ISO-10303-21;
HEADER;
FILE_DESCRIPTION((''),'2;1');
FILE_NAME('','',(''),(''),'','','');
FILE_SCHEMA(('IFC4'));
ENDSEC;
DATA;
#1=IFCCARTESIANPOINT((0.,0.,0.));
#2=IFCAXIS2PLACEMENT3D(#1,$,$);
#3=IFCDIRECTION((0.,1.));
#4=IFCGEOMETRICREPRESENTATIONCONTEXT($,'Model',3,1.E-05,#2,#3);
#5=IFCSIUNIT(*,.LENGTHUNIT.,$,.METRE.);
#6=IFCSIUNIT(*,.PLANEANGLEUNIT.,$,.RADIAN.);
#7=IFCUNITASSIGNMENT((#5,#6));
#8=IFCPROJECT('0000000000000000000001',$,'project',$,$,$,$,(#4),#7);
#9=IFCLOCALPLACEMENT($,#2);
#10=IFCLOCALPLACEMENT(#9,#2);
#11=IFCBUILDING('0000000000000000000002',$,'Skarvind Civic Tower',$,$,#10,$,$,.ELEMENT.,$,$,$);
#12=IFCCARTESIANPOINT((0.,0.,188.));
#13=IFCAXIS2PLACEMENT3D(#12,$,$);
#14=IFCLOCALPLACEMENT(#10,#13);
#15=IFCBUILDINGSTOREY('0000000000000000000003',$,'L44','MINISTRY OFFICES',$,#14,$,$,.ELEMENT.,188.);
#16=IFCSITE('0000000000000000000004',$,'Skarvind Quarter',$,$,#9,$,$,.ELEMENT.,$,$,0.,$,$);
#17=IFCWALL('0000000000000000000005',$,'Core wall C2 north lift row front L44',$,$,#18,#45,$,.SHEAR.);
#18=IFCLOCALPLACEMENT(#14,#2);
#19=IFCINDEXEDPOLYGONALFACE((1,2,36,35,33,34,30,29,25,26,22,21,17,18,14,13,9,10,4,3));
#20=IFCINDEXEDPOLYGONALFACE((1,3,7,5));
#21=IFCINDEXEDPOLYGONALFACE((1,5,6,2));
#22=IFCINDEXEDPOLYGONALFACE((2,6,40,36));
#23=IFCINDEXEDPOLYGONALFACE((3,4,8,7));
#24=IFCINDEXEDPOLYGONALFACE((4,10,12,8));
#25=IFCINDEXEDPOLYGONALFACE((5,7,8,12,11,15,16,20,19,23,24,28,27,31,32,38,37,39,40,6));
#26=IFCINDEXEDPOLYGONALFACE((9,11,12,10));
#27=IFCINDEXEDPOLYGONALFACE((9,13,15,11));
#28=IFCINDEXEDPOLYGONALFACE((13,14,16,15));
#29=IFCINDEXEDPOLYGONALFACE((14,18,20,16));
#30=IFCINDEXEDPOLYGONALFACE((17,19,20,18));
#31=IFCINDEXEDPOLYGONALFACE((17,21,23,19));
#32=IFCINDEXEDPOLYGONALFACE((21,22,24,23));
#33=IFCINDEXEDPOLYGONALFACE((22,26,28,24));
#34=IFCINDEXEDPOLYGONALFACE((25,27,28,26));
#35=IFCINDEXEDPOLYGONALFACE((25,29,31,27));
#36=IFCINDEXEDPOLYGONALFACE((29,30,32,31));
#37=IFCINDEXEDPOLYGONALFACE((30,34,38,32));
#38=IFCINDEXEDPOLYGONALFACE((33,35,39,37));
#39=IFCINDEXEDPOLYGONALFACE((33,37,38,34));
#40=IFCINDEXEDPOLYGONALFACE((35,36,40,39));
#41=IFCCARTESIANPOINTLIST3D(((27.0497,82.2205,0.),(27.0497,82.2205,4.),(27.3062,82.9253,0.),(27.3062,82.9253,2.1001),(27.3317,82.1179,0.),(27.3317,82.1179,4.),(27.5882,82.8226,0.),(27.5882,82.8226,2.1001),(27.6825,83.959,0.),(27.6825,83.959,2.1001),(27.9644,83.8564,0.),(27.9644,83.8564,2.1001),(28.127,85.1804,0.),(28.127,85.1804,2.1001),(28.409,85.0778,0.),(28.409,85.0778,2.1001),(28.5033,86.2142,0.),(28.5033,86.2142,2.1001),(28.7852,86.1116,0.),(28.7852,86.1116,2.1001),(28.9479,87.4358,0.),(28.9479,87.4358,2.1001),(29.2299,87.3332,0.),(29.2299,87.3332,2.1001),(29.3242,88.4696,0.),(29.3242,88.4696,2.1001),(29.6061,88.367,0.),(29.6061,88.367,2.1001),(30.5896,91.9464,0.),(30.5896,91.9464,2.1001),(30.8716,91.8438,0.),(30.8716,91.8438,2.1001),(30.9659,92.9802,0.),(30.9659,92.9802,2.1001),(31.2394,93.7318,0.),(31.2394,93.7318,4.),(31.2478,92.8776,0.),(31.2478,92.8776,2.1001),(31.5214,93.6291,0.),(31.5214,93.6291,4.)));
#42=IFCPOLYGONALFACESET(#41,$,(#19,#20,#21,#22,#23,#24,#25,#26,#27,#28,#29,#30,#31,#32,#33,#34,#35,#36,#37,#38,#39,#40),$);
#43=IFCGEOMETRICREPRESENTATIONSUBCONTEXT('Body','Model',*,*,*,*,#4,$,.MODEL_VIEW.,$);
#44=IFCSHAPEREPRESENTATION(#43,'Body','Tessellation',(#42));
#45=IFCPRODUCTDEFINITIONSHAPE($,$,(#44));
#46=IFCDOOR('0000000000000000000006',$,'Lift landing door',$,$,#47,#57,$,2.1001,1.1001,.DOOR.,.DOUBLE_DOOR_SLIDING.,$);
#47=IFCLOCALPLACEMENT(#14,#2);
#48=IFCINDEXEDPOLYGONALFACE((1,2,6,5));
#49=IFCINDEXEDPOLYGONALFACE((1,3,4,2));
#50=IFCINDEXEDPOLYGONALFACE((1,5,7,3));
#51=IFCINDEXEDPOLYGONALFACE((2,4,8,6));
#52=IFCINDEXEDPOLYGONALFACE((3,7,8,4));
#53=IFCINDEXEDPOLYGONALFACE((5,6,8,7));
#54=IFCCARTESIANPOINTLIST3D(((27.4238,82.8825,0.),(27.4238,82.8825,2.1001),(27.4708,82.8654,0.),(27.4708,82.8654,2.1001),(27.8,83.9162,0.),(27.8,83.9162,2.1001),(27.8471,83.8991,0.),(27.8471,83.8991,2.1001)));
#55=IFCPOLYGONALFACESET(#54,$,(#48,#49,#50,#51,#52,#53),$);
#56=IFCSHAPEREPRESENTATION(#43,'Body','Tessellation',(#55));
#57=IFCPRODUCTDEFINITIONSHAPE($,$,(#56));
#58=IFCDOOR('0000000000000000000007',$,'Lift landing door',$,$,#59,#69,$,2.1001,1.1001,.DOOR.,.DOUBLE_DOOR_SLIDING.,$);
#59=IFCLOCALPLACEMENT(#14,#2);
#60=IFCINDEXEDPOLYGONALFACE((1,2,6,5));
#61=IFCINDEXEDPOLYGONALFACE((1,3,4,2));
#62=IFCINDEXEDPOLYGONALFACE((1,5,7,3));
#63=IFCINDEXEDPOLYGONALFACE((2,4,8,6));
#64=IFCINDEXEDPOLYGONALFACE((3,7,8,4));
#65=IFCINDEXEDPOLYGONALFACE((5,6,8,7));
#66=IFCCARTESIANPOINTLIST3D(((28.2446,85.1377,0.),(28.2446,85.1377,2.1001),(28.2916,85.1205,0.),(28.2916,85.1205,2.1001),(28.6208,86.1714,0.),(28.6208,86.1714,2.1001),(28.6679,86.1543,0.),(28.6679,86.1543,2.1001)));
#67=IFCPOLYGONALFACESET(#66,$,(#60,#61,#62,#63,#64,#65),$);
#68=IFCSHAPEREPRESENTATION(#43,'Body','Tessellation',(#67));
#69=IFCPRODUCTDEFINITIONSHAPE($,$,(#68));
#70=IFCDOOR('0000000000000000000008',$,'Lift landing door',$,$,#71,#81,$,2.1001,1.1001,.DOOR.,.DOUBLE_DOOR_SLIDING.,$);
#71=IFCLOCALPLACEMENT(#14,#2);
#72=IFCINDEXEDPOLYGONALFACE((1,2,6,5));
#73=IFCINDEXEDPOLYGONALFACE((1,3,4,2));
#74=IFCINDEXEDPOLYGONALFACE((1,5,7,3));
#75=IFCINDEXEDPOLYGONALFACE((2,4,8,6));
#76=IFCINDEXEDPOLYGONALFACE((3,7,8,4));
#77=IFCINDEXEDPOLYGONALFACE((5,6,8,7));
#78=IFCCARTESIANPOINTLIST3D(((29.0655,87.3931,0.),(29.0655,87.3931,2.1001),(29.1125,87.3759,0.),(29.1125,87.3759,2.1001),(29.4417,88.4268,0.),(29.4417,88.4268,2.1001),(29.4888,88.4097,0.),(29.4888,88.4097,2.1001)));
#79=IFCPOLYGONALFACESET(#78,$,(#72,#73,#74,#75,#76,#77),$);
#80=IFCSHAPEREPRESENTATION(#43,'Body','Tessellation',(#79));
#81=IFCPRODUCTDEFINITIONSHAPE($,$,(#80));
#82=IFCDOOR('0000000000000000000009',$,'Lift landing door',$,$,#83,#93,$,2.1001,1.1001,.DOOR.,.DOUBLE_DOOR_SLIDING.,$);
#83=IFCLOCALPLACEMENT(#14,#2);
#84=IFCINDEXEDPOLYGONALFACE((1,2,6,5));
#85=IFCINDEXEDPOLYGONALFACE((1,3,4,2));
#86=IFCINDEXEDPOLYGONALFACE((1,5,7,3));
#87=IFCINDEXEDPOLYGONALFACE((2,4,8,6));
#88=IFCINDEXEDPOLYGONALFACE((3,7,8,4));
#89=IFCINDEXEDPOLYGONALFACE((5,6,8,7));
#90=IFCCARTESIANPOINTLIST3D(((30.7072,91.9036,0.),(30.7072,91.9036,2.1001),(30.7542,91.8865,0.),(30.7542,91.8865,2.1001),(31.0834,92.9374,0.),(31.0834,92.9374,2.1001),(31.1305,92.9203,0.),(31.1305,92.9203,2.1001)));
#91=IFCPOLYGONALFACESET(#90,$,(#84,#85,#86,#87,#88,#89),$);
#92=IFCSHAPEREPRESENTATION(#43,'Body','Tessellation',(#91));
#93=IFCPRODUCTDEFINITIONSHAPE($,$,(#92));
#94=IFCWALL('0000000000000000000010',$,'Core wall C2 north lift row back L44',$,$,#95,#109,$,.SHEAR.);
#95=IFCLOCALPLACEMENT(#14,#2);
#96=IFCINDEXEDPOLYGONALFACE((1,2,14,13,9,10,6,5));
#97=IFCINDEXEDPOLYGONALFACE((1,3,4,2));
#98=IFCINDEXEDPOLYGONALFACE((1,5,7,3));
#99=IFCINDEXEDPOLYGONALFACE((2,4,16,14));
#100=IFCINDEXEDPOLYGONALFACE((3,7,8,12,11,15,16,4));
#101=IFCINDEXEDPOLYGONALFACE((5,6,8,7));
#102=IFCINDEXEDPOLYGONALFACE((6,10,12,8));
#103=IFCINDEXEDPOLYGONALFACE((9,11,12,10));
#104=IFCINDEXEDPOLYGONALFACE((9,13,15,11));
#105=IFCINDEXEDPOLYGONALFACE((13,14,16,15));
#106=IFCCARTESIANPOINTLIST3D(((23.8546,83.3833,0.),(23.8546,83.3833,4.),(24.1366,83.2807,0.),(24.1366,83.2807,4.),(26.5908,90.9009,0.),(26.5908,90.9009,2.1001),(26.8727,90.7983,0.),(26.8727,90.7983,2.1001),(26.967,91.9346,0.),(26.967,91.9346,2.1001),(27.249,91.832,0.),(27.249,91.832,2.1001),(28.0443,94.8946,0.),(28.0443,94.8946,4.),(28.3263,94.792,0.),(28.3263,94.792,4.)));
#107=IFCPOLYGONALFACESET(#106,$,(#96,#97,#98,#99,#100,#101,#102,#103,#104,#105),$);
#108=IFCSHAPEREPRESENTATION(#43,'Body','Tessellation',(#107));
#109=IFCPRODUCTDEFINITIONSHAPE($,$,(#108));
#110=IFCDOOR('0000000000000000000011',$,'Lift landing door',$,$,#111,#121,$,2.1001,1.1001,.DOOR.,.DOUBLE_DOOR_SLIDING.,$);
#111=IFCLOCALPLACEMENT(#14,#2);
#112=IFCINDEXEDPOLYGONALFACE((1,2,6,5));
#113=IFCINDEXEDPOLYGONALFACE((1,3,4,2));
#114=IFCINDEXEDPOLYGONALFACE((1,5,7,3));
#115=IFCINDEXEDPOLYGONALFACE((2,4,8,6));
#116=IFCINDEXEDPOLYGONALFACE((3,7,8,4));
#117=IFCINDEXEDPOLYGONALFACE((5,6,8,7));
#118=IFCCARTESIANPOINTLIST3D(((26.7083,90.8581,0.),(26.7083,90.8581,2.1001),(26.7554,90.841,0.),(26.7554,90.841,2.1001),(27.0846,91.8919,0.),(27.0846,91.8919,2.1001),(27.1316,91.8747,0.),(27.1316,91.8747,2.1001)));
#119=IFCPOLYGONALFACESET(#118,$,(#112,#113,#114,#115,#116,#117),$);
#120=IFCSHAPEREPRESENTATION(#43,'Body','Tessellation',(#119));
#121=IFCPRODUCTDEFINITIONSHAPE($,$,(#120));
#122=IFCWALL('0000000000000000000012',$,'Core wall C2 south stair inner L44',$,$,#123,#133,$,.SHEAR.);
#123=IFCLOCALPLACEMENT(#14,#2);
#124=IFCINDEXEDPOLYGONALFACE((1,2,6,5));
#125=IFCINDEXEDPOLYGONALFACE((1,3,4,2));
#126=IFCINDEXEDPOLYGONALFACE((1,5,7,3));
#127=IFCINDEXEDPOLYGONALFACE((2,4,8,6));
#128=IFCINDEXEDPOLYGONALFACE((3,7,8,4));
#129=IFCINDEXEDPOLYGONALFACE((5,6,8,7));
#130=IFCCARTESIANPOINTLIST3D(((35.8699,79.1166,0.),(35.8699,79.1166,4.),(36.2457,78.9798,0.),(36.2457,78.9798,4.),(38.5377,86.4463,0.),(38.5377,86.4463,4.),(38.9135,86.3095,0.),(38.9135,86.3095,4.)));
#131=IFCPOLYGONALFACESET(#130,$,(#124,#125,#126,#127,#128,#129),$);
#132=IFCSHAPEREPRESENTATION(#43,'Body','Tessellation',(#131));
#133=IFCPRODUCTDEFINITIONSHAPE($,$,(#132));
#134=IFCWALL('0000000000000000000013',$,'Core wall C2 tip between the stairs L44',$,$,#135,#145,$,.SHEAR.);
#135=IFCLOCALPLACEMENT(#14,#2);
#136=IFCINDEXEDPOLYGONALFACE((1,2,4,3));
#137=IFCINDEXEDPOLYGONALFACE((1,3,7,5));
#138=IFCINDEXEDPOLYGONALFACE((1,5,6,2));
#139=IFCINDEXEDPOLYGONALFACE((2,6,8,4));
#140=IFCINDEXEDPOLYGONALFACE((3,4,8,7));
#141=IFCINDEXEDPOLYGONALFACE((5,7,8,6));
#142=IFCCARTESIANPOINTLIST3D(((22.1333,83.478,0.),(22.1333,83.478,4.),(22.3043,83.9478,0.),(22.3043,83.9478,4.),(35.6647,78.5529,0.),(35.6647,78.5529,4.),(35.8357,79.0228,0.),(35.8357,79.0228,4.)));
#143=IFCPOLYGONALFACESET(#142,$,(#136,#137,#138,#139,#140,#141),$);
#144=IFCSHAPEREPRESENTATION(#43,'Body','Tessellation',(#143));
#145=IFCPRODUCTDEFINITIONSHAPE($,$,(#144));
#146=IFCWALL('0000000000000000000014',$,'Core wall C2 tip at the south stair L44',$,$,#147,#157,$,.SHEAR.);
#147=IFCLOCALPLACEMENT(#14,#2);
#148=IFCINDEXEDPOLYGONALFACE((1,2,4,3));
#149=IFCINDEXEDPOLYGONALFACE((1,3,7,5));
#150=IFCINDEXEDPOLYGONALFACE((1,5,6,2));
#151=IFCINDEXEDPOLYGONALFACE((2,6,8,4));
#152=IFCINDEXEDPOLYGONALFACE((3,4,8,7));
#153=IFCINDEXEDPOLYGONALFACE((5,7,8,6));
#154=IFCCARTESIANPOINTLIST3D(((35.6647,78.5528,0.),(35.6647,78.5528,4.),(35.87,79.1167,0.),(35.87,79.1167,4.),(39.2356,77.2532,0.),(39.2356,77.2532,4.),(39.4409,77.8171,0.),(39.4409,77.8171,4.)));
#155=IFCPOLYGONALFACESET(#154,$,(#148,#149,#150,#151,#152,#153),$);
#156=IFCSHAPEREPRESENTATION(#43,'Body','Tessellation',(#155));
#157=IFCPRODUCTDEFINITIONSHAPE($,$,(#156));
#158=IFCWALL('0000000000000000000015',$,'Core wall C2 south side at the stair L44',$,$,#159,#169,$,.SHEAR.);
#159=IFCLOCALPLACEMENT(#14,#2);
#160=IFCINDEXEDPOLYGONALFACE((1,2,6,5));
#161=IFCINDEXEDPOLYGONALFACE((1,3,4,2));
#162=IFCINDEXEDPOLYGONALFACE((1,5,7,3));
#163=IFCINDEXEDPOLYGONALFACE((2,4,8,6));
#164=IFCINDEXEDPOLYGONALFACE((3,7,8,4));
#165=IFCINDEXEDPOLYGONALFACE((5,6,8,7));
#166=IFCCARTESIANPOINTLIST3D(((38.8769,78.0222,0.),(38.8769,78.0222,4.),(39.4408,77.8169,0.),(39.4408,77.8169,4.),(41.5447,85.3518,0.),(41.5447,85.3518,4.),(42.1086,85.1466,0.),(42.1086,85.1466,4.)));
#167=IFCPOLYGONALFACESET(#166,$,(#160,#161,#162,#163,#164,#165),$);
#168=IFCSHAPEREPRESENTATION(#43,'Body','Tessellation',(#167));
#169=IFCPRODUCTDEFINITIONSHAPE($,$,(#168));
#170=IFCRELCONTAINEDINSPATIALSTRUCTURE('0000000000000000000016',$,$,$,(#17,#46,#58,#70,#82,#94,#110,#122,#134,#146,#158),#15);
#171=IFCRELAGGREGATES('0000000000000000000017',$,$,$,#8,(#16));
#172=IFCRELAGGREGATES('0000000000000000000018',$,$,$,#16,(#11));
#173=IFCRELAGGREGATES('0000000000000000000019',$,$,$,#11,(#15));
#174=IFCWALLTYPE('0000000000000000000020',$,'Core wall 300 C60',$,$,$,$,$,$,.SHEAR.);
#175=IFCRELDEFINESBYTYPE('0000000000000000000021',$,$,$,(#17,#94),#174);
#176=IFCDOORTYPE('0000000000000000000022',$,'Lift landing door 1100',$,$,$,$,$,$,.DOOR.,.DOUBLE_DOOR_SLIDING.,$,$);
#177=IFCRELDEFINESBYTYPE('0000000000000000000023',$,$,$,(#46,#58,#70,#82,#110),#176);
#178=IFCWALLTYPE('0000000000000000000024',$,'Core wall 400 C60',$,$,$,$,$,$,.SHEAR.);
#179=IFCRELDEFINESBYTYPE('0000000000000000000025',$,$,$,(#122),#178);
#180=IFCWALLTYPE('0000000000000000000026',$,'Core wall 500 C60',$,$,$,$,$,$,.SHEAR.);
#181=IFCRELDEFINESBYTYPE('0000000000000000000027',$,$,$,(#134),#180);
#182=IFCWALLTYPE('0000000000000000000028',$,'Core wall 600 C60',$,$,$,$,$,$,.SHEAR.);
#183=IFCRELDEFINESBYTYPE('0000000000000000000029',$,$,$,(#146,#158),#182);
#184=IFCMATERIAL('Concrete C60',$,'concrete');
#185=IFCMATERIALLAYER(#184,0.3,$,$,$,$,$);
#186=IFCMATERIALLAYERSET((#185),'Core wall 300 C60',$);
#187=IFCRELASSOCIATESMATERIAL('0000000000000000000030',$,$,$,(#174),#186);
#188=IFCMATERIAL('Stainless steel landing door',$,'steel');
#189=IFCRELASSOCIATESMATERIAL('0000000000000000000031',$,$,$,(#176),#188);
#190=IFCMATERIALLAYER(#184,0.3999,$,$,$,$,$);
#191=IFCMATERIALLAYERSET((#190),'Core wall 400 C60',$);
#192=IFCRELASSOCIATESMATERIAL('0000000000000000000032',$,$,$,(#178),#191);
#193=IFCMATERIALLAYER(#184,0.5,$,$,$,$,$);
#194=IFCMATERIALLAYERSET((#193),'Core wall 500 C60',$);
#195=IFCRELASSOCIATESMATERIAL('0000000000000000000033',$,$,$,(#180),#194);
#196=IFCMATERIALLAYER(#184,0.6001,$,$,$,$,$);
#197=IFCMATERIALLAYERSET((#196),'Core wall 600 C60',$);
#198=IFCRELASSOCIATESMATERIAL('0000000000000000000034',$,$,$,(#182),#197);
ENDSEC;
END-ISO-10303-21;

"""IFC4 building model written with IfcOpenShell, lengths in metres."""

from ifc_helpers import new_model, si_unit, direction, frame, frame_2d, origin, place, context, subcontext, project, spatial, rectangle, extrude, material, layer, layer_set, type_object, element, fill, save


model = new_model("IFC4")

# Units and contexts
model_context = context("Model", 3, precision=1e-05, world=origin(), true_north=direction((0.0, 1.0)))
body_context = subcontext(model_context, "Body", "Model", "MODEL_VIEW")
ifc_project = project(units=[si_unit("LENGTHUNIT", "METRE"), si_unit("PLANEANGLEUNIT", "RADIAN")], contexts=[model_context])

# Site, building, storey
site_placement = place(None, origin())
site = spatial("IfcSite", under=ifc_project, at=site_placement, Name="Skarvind Quarter", CompositionType="ELEMENT", RefElevation=0.0)
building_placement = place(site_placement, origin())
building = spatial("IfcBuilding", under=site, at=building_placement, Name="Skarvind Civic Tower", CompositionType="ELEMENT")
storey_placement = place(building_placement, frame((0.0, 0.0, 188.0)))
storey = spatial("IfcBuildingStorey", under=building, at=storey_placement, Name="L44", Description="MINISTRY OFFICES", CompositionType="ELEMENT", Elevation=188.0)

# Shared definitions
ifc_material_1 = material(Name="Concrete C60", Category="concrete")
ifc_layer_1 = layer(ifc_material_1, 0.3)
ifc_layer_set_1 = layer_set([ifc_layer_1], Name="Core wall 300 C60")
wall_type_1 = type_object("IfcWallType", Name="Core wall 300 C60", PredefinedType="SHEAR", material=ifc_layer_set_1)

# Wall, openings, doors
wall_1_placement = place(storey_placement, frame((27.1907, 82.1692, 0.0), z_axis=(0.0, 0.0, 1.0), x_axis=(0.342017, 0.939694, 0.0)))
wall_1 = element("IfcWall", 1, at=wall_1_placement, inside=storey, type_object=wall_type_1, Name="Core wall C2 north lift row front L44", PredefinedType="SHEAR", context=body_context, shape_type="SweptSolid", body=[
    extrude(rectangle(XDim=12.25, YDim=0.3, at=frame_2d((6.125, 0.0))), origin(), (0.0, 0.0, 1.0), 4.0),
])
opening_1_placement = place(wall_1_placement, frame((0.75, 0.0, 0.0)))
opening_1 = element("IfcOpeningElement", 2, at=opening_1_placement, cuts=wall_1, PredefinedType="OPENING", context=body_context, shape_type="SweptSolid", body=[
    extrude(rectangle(XDim=1.1001, YDim=2.1001, at=frame_2d((0.55, 1.05))), frame((0.0, 0.1599, 0.0), z_axis=(0.0, -1.0, 0.0), x_axis=(1.0, 0.0, 0.0)), (0.0, 0.0, 1.0), 0.3201),
])
opening_2_placement = place(wall_1_placement, frame((3.1499, 0.0, 0.0)))
opening_2 = element("IfcOpeningElement", 3, at=opening_2_placement, cuts=wall_1, PredefinedType="OPENING", context=body_context, shape_type="SweptSolid", body=[
    extrude(rectangle(XDim=1.1001, YDim=2.1001, at=frame_2d((0.55, 1.05))), frame((0.0, 0.1599, 0.0), z_axis=(0.0, -1.0, 0.0), x_axis=(1.0, 0.0, 0.0)), (0.0, 0.0, 1.0), 0.3201),
])
opening_3_placement = place(wall_1_placement, frame((5.55, 0.0, 0.0)))
opening_3 = element("IfcOpeningElement", 4, at=opening_3_placement, cuts=wall_1, PredefinedType="OPENING", context=body_context, shape_type="SweptSolid", body=[
    extrude(rectangle(XDim=1.1001, YDim=2.1001, at=frame_2d((0.55, 1.05))), frame((0.0, 0.1599, 0.0), z_axis=(0.0, -1.0, 0.0), x_axis=(1.0, 0.0, 0.0)), (0.0, 0.0, 1.0), 0.3201),
])
opening_4_placement = place(wall_1_placement, frame((10.3501, 0.0, 0.0)))
opening_4 = element("IfcOpeningElement", 5, at=opening_4_placement, cuts=wall_1, PredefinedType="OPENING", context=body_context, shape_type="SweptSolid", body=[
    extrude(rectangle(XDim=1.1001, YDim=2.1001, at=frame_2d((0.55, 1.05))), frame((0.0, 0.1599, 0.0), z_axis=(0.0, -1.0, 0.0), x_axis=(1.0, 0.0, 0.0)), (0.0, 0.0, 1.0), 0.3201),
])
ifc_material_2 = material(Name="Stainless steel landing door", Category="steel")
door_type_1 = type_object("IfcDoorType", Name="Lift landing door 1100", OperationType="DOUBLE_DOOR_SLIDING", PredefinedType="DOOR", material=ifc_material_2)
door_1_placement = place(opening_1_placement, origin())
door_1 = element("IfcDoor", 6, at=door_1_placement, inside=storey, type_object=door_type_1, Name="Lift landing door", OperationType="DOUBLE_DOOR_SLIDING", OverallHeight=2.1001, OverallWidth=1.1001, PredefinedType="DOOR", context=body_context, shape_type="SweptSolid", body=[
    extrude(rectangle(XDim=1.1001, YDim=2.1001, at=frame_2d((0.55, 1.05))), frame((0.0, 0.0249, 0.0), z_axis=(0.0, -1.0, 0.0), x_axis=(1.0, 0.0, 0.0)), (0.0, 0.0, 1.0), 0.05),
])
fill(opening_1, door_1)
door_2_placement = place(opening_2_placement, origin())
door_2 = element("IfcDoor", 7, at=door_2_placement, inside=storey, type_object=door_type_1, Name="Lift landing door", OperationType="DOUBLE_DOOR_SLIDING", OverallHeight=2.1001, OverallWidth=1.1001, PredefinedType="DOOR", context=body_context, shape_type="SweptSolid", body=[
    extrude(rectangle(XDim=1.1001, YDim=2.1001, at=frame_2d((0.55, 1.05))), frame((0.0, 0.0249, 0.0), z_axis=(0.0, -1.0, 0.0), x_axis=(1.0, 0.0, 0.0)), (0.0, 0.0, 1.0), 0.05),
])
fill(opening_2, door_2)
door_3_placement = place(opening_3_placement, origin())
door_3 = element("IfcDoor", 8, at=door_3_placement, inside=storey, type_object=door_type_1, Name="Lift landing door", OperationType="DOUBLE_DOOR_SLIDING", OverallHeight=2.1001, OverallWidth=1.1001, PredefinedType="DOOR", context=body_context, shape_type="SweptSolid", body=[
    extrude(rectangle(XDim=1.1001, YDim=2.1001, at=frame_2d((0.55, 1.05))), frame((0.0, 0.0249, 0.0), z_axis=(0.0, -1.0, 0.0), x_axis=(1.0, 0.0, 0.0)), (0.0, 0.0, 1.0), 0.05),
])
fill(opening_3, door_3)
door_4_placement = place(opening_4_placement, origin())
door_4 = element("IfcDoor", 9, at=door_4_placement, inside=storey, type_object=door_type_1, Name="Lift landing door", OperationType="DOUBLE_DOOR_SLIDING", OverallHeight=2.1001, OverallWidth=1.1001, PredefinedType="DOOR", context=body_context, shape_type="SweptSolid", body=[
    extrude(rectangle(XDim=1.1001, YDim=2.1001, at=frame_2d((0.55, 1.05))), frame((0.0, 0.0249, 0.0), z_axis=(0.0, -1.0, 0.0), x_axis=(1.0, 0.0, 0.0)), (0.0, 0.0, 1.0), 0.05),
])
fill(opening_4, door_4)

# Wall, opening, door
wall_2_placement = place(storey_placement, frame((23.9956, 83.332, 0.0), z_axis=(0.0, 0.0, 1.0), x_axis=(0.342017, 0.939694, 0.0)))
wall_2 = element("IfcWall", 10, at=wall_2_placement, inside=storey, type_object=wall_type_1, Name="Core wall C2 north lift row back L44", PredefinedType="SHEAR", context=body_context, shape_type="SweptSolid", body=[
    extrude(rectangle(XDim=12.25, YDim=0.3, at=frame_2d((6.125, 0.0))), origin(), (0.0, 0.0, 1.0), 4.0),
])
opening_5_placement = place(wall_2_placement, frame((8.0, 0.0, 0.0)))
opening_5 = element("IfcOpeningElement", 11, at=opening_5_placement, cuts=wall_2, PredefinedType="OPENING", context=body_context, shape_type="SweptSolid", body=[
    extrude(rectangle(XDim=1.1001, YDim=2.1001, at=frame_2d((0.55, 1.05))), frame((0.0, 0.1599, 0.0), z_axis=(0.0, -1.0, 0.0), x_axis=(1.0, 0.0, 0.0)), (0.0, 0.0, 1.0), 0.3201),
])
door_5_placement = place(opening_5_placement, origin())
door_5 = element("IfcDoor", 12, at=door_5_placement, inside=storey, type_object=door_type_1, Name="Lift landing door", OperationType="DOUBLE_DOOR_SLIDING", OverallHeight=2.1001, OverallWidth=1.1001, PredefinedType="DOOR", context=body_context, shape_type="SweptSolid", body=[
    extrude(rectangle(XDim=1.1001, YDim=2.1001, at=frame_2d((0.55, 1.05))), frame((0.0, 0.0249, 0.0), z_axis=(0.0, -1.0, 0.0), x_axis=(1.0, 0.0, 0.0)), (0.0, 0.0, 1.0), 0.05),
])
fill(opening_5, door_5)

# Walls
ifc_layer_2 = layer(ifc_material_1, 0.3999)
ifc_layer_set_2 = layer_set([ifc_layer_2], Name="Core wall 400 C60")
wall_type_2 = type_object("IfcWallType", Name="Core wall 400 C60", PredefinedType="SHEAR", material=ifc_layer_set_2)
wall_3_placement = place(storey_placement, frame((36.0579, 79.0483, 0.0), z_axis=(0.0, 0.0, 1.0), x_axis=(0.342017, 0.939694, 0.0)))
element("IfcWall", 13, at=wall_3_placement, inside=storey, type_object=wall_type_2, Name="Core wall C2 south stair inner L44", PredefinedType="SHEAR", context=body_context, shape_type="SweptSolid", body=[
    extrude(rectangle(XDim=7.8, YDim=0.3999, at=frame_2d((3.8999, 0.0))), origin(), (0.0, 0.0, 1.0), 4.0),
])
ifc_layer_3 = layer(ifc_material_1, 0.5)
ifc_layer_set_3 = layer_set([ifc_layer_3], Name="Core wall 500 C60")
wall_type_3 = type_object("IfcWallType", Name="Core wall 500 C60", PredefinedType="SHEAR", material=ifc_layer_set_3)
wall_4_placement = place(storey_placement, frame((35.7502, 78.7878, 0.0), z_axis=(0.0, 0.0, 1.0), x_axis=(-0.939693, 0.342019, 0.0)))
element("IfcWall", 14, at=wall_4_placement, inside=storey, type_object=wall_type_3, Name="Core wall C2 tip between the stairs L44", PredefinedType="SHEAR", context=body_context, shape_type="SweptSolid", body=[
    extrude(rectangle(XDim=14.3999, YDim=0.5, at=frame_2d((7.2, 0.0))), origin(), (0.0, 0.0, 1.0), 4.0),
])
ifc_layer_4 = layer(ifc_material_1, 0.6001)
ifc_layer_set_4 = layer_set([ifc_layer_4], Name="Core wall 600 C60")
wall_type_4 = type_object("IfcWallType", Name="Core wall 600 C60", PredefinedType="SHEAR", material=ifc_layer_set_4)
wall_5_placement = place(storey_placement, frame((39.3381, 77.5352, 0.0), z_axis=(0.0, 0.0, 1.0), x_axis=(-0.939701, 0.341996, 0.0)))
element("IfcWall", 15, at=wall_5_placement, inside=storey, type_object=wall_type_4, Name="Core wall C2 tip at the south stair L44", PredefinedType="SHEAR", context=body_context, shape_type="SweptSolid", body=[
    extrude(rectangle(XDim=3.8, YDim=0.6001, at=frame_2d((1.8999, 0.0))), origin(), (0.0, 0.0, 1.0), 4.0),
])
wall_6_placement = place(storey_placement, frame((39.1589, 77.9197, 0.0), z_axis=(0.0, 0.0, 1.0), x_axis=(0.342017, 0.939694, 0.0)))
element("IfcWall", 16, at=wall_6_placement, inside=storey, type_object=wall_type_4, Name="Core wall C2 south side at the stair L44", PredefinedType="SHEAR", context=body_context, shape_type="SweptSolid", body=[
    extrude(rectangle(XDim=7.8, YDim=0.6001, at=frame_2d((3.8999, 0.0))), origin(), (0.0, 0.0, 1.0), 4.0),
])

save(model, "model.ifc")
